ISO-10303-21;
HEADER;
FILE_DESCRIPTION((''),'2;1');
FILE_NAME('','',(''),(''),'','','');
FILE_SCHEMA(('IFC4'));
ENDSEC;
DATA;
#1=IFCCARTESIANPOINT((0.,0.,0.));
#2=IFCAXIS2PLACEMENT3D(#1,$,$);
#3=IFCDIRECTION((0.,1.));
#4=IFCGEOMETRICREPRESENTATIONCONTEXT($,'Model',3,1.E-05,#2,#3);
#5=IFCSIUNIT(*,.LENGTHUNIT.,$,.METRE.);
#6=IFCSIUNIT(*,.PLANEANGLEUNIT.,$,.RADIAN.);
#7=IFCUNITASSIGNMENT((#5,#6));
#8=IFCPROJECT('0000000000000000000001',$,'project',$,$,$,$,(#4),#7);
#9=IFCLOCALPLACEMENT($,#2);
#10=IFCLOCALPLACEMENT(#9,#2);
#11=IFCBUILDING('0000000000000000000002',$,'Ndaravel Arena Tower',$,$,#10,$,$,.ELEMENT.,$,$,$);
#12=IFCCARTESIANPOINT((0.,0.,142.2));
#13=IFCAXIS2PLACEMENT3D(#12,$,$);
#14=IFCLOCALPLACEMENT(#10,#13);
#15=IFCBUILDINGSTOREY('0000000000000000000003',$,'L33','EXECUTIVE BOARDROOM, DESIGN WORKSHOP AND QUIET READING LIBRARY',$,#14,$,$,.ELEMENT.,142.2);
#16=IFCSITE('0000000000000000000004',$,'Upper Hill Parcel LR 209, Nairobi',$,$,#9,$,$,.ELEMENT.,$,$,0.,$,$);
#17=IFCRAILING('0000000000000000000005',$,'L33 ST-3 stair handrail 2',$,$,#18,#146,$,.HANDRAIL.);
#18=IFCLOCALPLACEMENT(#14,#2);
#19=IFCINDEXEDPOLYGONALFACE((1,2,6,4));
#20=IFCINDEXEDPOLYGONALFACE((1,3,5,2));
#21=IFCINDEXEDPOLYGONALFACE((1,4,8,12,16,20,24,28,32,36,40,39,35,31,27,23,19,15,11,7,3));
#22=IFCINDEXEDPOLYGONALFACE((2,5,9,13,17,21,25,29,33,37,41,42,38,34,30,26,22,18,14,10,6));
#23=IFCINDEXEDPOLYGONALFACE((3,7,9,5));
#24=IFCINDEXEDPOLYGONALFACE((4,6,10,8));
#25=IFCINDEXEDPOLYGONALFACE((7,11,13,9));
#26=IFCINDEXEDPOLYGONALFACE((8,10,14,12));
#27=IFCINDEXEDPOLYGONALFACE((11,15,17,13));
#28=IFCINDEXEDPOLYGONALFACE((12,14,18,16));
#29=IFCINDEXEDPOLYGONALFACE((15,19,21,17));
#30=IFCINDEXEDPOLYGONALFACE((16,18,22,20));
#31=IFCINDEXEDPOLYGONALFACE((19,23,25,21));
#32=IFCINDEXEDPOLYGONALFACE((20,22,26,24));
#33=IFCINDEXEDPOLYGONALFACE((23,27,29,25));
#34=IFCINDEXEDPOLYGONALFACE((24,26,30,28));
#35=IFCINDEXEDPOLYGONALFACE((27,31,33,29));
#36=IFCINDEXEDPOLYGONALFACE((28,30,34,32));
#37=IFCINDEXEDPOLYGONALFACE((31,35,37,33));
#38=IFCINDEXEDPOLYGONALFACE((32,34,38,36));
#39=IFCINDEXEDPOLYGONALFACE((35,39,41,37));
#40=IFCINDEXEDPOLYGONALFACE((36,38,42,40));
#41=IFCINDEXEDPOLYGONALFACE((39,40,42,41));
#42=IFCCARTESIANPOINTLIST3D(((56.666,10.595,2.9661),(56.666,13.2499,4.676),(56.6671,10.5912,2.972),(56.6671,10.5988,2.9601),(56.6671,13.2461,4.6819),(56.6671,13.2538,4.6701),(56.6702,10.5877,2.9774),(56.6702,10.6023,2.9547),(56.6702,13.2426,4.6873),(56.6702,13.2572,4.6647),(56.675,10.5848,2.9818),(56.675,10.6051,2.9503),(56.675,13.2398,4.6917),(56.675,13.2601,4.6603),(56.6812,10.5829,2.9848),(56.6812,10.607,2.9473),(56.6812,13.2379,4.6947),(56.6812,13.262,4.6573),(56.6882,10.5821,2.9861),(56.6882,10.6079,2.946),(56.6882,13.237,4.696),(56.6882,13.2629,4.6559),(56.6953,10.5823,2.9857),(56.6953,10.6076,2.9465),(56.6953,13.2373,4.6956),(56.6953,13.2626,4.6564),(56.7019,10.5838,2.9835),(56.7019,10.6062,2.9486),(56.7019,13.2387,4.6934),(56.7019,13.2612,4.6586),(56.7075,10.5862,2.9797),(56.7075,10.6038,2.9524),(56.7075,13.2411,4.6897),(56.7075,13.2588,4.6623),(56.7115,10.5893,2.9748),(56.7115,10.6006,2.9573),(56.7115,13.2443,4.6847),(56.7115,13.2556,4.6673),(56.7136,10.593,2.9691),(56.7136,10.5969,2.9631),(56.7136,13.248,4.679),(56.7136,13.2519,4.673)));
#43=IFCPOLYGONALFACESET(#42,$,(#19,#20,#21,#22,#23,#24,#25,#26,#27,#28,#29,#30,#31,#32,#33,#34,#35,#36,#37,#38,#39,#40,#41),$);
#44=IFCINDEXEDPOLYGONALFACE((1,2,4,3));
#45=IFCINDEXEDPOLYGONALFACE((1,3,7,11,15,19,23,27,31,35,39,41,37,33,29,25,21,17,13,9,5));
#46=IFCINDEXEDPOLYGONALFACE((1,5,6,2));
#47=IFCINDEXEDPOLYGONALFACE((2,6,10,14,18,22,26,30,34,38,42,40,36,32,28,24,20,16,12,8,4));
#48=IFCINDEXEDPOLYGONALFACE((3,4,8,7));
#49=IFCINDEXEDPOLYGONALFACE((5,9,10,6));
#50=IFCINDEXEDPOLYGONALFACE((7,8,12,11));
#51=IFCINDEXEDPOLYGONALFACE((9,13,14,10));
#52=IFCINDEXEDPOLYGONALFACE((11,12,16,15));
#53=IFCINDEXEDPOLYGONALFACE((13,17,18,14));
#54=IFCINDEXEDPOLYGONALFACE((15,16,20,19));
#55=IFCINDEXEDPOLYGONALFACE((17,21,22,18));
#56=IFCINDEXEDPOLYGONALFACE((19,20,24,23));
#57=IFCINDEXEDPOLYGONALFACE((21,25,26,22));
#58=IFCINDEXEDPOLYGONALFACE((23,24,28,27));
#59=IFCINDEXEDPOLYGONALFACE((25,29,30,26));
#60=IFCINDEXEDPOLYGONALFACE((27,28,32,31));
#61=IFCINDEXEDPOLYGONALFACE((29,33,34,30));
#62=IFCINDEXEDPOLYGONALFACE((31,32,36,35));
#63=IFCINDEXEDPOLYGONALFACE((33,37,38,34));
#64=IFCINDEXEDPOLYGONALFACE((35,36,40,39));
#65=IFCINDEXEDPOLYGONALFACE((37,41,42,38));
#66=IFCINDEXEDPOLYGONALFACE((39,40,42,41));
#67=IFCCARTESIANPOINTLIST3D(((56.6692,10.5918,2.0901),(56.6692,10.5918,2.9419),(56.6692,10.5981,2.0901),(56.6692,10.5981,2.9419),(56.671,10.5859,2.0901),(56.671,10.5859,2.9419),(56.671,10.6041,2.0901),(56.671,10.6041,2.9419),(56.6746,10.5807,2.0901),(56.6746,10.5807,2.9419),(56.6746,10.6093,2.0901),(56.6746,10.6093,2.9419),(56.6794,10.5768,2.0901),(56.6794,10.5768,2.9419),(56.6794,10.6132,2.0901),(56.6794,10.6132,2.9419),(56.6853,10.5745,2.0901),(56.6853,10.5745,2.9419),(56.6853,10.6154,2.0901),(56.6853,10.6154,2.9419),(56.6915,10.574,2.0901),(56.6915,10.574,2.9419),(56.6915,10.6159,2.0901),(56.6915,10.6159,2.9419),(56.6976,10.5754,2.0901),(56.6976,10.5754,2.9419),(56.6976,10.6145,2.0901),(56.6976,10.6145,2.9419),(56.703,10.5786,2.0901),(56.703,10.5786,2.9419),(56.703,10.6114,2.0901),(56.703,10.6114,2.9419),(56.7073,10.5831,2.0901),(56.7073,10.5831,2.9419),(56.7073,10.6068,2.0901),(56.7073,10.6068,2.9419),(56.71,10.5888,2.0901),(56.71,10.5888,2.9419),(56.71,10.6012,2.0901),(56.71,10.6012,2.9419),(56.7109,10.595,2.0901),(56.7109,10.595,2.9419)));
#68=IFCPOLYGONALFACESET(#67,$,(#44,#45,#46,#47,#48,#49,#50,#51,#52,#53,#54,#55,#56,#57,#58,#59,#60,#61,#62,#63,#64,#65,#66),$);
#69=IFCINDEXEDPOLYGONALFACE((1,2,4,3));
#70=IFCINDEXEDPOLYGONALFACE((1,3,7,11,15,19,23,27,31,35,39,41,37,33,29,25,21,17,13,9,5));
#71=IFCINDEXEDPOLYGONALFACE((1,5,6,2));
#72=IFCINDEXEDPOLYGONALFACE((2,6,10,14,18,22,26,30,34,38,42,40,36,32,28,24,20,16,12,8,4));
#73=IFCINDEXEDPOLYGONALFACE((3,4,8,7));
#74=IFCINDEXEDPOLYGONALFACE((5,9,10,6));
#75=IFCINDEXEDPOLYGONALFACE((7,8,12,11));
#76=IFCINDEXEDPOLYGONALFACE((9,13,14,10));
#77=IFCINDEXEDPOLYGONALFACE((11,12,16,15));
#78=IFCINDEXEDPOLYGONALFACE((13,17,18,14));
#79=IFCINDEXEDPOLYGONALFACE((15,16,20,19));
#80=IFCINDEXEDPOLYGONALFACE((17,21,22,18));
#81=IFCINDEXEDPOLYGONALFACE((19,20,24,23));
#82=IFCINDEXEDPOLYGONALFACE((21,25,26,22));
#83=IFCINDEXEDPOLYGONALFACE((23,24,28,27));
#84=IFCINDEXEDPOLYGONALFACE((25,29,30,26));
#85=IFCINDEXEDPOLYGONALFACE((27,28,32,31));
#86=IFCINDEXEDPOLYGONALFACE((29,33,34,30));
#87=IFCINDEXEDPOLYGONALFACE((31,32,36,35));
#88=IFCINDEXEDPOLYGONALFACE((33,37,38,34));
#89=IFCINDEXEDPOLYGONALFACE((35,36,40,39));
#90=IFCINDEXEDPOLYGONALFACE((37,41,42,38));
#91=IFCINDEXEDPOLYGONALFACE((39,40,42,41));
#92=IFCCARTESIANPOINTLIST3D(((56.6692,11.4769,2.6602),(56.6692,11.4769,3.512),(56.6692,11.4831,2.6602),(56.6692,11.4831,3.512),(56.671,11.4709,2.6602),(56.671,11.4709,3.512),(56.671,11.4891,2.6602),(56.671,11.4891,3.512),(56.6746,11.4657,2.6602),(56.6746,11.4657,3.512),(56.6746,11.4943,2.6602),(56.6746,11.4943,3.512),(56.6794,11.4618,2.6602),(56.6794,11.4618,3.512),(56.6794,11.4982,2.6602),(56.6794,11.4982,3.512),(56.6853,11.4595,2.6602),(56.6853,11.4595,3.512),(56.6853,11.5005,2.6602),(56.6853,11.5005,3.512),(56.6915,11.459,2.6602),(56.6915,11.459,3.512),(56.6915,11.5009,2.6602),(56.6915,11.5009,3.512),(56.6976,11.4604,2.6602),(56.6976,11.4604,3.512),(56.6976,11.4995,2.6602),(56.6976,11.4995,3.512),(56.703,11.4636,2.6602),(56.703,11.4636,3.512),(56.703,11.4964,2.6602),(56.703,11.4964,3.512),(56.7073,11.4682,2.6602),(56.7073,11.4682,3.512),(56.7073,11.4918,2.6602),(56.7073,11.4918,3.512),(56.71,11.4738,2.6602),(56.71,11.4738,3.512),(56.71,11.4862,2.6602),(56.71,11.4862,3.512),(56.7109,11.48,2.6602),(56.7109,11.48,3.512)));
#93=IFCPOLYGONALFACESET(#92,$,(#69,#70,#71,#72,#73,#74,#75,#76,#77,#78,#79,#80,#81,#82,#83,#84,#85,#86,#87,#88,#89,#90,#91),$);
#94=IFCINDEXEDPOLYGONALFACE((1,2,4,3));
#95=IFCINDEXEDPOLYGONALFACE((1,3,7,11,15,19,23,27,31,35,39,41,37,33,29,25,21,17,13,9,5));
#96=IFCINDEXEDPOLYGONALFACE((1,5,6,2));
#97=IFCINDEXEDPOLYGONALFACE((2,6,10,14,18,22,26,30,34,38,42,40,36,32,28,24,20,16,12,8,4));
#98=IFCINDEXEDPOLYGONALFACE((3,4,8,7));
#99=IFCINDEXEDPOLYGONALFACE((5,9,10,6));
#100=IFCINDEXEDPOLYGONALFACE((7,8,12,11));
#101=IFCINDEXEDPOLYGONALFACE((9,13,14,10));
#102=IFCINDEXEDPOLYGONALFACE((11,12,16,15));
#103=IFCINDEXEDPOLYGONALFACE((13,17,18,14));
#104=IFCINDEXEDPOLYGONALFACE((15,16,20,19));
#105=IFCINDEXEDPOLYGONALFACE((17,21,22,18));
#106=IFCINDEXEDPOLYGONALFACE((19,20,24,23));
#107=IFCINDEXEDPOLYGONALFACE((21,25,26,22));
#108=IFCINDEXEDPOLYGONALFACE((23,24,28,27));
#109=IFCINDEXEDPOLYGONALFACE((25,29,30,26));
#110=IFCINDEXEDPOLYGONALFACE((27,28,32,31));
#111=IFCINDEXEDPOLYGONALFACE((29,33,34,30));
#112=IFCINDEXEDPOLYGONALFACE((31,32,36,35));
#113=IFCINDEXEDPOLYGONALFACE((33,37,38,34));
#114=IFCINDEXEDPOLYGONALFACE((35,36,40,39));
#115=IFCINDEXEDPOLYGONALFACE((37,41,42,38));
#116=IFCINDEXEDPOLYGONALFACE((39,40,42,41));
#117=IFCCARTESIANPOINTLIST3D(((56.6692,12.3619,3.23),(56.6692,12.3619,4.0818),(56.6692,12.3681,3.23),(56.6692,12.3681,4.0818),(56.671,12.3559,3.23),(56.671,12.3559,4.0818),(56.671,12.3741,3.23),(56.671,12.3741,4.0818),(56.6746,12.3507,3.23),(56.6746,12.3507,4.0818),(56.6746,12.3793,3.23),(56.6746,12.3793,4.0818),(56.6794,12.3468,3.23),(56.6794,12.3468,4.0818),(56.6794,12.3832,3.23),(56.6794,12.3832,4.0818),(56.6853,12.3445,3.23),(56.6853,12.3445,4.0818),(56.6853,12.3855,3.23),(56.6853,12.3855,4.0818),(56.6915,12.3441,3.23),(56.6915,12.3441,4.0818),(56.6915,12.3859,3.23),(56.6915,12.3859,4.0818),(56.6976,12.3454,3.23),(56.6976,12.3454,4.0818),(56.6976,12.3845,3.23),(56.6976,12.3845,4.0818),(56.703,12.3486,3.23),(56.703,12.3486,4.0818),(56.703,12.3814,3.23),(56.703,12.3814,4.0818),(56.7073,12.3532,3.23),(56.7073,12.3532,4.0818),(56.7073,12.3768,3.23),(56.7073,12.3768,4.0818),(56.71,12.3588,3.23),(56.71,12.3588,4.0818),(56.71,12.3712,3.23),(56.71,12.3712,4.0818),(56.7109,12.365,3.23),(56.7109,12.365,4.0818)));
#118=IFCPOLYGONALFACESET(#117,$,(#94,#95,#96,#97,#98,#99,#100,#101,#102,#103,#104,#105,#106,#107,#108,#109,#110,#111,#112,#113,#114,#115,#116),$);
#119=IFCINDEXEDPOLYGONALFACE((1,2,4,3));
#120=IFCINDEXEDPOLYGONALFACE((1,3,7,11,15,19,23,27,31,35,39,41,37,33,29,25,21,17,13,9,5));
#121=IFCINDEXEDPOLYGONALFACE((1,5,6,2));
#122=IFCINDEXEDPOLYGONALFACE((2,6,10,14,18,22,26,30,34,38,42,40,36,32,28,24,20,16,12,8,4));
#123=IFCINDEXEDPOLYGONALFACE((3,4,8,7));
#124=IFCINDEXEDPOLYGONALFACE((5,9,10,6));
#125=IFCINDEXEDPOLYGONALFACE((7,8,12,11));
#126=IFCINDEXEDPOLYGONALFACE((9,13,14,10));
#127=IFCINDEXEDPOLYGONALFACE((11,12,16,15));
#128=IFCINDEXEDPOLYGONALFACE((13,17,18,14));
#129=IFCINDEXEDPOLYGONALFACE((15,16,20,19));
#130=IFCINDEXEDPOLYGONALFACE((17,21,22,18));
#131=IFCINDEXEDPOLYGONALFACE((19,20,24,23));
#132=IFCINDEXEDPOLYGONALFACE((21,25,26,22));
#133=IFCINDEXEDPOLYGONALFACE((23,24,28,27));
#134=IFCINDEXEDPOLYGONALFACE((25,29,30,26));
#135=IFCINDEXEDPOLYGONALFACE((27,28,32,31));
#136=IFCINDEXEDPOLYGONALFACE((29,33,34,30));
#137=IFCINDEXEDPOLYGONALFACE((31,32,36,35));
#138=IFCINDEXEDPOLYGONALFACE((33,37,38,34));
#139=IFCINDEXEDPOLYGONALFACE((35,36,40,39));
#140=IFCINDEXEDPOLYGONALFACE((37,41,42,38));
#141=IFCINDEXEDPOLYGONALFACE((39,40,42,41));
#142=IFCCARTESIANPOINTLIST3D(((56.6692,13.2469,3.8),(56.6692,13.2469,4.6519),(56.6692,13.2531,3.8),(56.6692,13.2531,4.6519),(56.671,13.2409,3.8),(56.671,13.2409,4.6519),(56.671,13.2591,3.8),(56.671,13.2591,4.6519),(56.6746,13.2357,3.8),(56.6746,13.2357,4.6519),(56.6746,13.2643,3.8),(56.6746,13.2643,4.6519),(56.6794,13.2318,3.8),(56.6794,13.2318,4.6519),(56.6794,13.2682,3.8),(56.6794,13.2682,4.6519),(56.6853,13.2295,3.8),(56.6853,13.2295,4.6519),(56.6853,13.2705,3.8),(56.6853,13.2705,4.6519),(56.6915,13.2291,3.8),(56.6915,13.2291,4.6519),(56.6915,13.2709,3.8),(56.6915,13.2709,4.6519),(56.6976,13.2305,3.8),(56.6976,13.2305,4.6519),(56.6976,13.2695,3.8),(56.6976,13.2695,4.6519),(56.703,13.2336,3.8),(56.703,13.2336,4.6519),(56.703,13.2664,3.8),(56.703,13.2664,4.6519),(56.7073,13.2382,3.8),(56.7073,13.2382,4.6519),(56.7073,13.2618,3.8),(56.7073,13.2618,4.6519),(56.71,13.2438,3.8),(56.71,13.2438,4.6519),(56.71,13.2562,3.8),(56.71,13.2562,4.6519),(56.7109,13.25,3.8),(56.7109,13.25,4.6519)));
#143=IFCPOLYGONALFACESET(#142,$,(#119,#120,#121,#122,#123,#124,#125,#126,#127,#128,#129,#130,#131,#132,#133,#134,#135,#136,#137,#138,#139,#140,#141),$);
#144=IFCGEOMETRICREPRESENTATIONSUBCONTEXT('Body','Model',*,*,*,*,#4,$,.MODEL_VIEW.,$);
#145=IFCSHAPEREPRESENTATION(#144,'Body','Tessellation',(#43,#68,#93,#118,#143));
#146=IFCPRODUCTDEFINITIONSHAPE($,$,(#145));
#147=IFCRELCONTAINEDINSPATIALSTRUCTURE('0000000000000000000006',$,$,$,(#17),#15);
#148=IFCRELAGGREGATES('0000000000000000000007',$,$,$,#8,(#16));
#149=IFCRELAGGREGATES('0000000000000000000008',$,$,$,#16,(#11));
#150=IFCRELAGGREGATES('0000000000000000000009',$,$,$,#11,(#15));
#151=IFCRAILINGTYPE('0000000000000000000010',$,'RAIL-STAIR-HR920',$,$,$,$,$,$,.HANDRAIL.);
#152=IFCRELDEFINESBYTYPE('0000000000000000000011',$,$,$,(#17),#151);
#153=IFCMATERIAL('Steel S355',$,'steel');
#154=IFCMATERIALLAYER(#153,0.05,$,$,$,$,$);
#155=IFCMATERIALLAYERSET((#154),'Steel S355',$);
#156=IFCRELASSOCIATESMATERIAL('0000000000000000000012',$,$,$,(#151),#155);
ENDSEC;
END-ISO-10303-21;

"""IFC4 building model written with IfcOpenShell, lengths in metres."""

from ifc_helpers import new_model, si_unit, direction, frame, origin, origin_2d, place, context, subcontext, project, spatial, circle, extrude, material, layer, layer_set, type_object, element, save


model = new_model("IFC4")

# Units and contexts
model_context = context("Model", 3, precision=1e-05, world=origin(), true_north=direction((0.0, 1.0)))
body_context = subcontext(model_context, "Body", "Model", "MODEL_VIEW")
ifc_project = project(units=[si_unit("LENGTHUNIT", "METRE"), si_unit("PLANEANGLEUNIT", "RADIAN")], contexts=[model_context])

# Site, building, storey
site_placement = place(None, origin())
site = spatial("IfcSite", under=ifc_project, at=site_placement, Name="Upper Hill Parcel LR 209, Nairobi", CompositionType="ELEMENT", RefElevation=0.0)
building_placement = place(site_placement, origin())
building = spatial("IfcBuilding", under=site, at=building_placement, Name="Ndaravel Arena Tower", CompositionType="ELEMENT")
storey_placement = place(building_placement, frame((0.0, 0.0, 142.2)))
storey = spatial("IfcBuildingStorey", under=building, at=storey_placement, Name="L33", Description="EXECUTIVE BOARDROOM, DESIGN WORKSHOP AND QUIET READING LIBRARY", CompositionType="ELEMENT", Elevation=142.2)

# Railing
ifc_material_1 = material(Name="Steel S355", Category="steel")
ifc_layer_1 = layer(ifc_material_1, 0.05)
ifc_layer_set_1 = layer_set([ifc_layer_1], Name="Steel S355")
railing_type_1 = type_object("IfcRailingType", Name="RAIL-STAIR-HR920", PredefinedType="HANDRAIL", material=ifc_layer_set_1)
railing_1_placement = place(storey_placement, frame((56.6899, 10.595, 2.0901)))
element("IfcRailing", 1, at=railing_1_placement, inside=storey, type_object=railing_type_1, Name="L33 ST-3 stair handrail 2", PredefinedType="HANDRAIL", context=body_context, shape_type="SweptSolid", body=[
    extrude(circle(Radius=0.0239, at=origin_2d()), frame((0.0, 0.0, 0.876), z_axis=(0.0, 0.840724, 0.541465), x_axis=(-1.0, 0.0, 0.0)), (0.0, 0.0, 1.0), 3.158),
    extrude(circle(Radius=0.021, at=origin_2d()), origin(), (0.0, 0.0, 1.0), 0.8518),
    extrude(circle(Radius=0.021, at=origin_2d()), frame((0.0, 0.885, 0.5701)), (0.0, 0.0, 1.0), 0.8518),
    extrude(circle(Radius=0.021, at=origin_2d()), frame((0.0, 1.77, 1.1399)), (0.0, 0.0, 1.0), 0.8518),
    extrude(circle(Radius=0.021, at=origin_2d()), frame((0.0, 2.655, 1.71)), (0.0, 0.0, 1.0), 0.8518),
])

save(model, "model.ifc")
